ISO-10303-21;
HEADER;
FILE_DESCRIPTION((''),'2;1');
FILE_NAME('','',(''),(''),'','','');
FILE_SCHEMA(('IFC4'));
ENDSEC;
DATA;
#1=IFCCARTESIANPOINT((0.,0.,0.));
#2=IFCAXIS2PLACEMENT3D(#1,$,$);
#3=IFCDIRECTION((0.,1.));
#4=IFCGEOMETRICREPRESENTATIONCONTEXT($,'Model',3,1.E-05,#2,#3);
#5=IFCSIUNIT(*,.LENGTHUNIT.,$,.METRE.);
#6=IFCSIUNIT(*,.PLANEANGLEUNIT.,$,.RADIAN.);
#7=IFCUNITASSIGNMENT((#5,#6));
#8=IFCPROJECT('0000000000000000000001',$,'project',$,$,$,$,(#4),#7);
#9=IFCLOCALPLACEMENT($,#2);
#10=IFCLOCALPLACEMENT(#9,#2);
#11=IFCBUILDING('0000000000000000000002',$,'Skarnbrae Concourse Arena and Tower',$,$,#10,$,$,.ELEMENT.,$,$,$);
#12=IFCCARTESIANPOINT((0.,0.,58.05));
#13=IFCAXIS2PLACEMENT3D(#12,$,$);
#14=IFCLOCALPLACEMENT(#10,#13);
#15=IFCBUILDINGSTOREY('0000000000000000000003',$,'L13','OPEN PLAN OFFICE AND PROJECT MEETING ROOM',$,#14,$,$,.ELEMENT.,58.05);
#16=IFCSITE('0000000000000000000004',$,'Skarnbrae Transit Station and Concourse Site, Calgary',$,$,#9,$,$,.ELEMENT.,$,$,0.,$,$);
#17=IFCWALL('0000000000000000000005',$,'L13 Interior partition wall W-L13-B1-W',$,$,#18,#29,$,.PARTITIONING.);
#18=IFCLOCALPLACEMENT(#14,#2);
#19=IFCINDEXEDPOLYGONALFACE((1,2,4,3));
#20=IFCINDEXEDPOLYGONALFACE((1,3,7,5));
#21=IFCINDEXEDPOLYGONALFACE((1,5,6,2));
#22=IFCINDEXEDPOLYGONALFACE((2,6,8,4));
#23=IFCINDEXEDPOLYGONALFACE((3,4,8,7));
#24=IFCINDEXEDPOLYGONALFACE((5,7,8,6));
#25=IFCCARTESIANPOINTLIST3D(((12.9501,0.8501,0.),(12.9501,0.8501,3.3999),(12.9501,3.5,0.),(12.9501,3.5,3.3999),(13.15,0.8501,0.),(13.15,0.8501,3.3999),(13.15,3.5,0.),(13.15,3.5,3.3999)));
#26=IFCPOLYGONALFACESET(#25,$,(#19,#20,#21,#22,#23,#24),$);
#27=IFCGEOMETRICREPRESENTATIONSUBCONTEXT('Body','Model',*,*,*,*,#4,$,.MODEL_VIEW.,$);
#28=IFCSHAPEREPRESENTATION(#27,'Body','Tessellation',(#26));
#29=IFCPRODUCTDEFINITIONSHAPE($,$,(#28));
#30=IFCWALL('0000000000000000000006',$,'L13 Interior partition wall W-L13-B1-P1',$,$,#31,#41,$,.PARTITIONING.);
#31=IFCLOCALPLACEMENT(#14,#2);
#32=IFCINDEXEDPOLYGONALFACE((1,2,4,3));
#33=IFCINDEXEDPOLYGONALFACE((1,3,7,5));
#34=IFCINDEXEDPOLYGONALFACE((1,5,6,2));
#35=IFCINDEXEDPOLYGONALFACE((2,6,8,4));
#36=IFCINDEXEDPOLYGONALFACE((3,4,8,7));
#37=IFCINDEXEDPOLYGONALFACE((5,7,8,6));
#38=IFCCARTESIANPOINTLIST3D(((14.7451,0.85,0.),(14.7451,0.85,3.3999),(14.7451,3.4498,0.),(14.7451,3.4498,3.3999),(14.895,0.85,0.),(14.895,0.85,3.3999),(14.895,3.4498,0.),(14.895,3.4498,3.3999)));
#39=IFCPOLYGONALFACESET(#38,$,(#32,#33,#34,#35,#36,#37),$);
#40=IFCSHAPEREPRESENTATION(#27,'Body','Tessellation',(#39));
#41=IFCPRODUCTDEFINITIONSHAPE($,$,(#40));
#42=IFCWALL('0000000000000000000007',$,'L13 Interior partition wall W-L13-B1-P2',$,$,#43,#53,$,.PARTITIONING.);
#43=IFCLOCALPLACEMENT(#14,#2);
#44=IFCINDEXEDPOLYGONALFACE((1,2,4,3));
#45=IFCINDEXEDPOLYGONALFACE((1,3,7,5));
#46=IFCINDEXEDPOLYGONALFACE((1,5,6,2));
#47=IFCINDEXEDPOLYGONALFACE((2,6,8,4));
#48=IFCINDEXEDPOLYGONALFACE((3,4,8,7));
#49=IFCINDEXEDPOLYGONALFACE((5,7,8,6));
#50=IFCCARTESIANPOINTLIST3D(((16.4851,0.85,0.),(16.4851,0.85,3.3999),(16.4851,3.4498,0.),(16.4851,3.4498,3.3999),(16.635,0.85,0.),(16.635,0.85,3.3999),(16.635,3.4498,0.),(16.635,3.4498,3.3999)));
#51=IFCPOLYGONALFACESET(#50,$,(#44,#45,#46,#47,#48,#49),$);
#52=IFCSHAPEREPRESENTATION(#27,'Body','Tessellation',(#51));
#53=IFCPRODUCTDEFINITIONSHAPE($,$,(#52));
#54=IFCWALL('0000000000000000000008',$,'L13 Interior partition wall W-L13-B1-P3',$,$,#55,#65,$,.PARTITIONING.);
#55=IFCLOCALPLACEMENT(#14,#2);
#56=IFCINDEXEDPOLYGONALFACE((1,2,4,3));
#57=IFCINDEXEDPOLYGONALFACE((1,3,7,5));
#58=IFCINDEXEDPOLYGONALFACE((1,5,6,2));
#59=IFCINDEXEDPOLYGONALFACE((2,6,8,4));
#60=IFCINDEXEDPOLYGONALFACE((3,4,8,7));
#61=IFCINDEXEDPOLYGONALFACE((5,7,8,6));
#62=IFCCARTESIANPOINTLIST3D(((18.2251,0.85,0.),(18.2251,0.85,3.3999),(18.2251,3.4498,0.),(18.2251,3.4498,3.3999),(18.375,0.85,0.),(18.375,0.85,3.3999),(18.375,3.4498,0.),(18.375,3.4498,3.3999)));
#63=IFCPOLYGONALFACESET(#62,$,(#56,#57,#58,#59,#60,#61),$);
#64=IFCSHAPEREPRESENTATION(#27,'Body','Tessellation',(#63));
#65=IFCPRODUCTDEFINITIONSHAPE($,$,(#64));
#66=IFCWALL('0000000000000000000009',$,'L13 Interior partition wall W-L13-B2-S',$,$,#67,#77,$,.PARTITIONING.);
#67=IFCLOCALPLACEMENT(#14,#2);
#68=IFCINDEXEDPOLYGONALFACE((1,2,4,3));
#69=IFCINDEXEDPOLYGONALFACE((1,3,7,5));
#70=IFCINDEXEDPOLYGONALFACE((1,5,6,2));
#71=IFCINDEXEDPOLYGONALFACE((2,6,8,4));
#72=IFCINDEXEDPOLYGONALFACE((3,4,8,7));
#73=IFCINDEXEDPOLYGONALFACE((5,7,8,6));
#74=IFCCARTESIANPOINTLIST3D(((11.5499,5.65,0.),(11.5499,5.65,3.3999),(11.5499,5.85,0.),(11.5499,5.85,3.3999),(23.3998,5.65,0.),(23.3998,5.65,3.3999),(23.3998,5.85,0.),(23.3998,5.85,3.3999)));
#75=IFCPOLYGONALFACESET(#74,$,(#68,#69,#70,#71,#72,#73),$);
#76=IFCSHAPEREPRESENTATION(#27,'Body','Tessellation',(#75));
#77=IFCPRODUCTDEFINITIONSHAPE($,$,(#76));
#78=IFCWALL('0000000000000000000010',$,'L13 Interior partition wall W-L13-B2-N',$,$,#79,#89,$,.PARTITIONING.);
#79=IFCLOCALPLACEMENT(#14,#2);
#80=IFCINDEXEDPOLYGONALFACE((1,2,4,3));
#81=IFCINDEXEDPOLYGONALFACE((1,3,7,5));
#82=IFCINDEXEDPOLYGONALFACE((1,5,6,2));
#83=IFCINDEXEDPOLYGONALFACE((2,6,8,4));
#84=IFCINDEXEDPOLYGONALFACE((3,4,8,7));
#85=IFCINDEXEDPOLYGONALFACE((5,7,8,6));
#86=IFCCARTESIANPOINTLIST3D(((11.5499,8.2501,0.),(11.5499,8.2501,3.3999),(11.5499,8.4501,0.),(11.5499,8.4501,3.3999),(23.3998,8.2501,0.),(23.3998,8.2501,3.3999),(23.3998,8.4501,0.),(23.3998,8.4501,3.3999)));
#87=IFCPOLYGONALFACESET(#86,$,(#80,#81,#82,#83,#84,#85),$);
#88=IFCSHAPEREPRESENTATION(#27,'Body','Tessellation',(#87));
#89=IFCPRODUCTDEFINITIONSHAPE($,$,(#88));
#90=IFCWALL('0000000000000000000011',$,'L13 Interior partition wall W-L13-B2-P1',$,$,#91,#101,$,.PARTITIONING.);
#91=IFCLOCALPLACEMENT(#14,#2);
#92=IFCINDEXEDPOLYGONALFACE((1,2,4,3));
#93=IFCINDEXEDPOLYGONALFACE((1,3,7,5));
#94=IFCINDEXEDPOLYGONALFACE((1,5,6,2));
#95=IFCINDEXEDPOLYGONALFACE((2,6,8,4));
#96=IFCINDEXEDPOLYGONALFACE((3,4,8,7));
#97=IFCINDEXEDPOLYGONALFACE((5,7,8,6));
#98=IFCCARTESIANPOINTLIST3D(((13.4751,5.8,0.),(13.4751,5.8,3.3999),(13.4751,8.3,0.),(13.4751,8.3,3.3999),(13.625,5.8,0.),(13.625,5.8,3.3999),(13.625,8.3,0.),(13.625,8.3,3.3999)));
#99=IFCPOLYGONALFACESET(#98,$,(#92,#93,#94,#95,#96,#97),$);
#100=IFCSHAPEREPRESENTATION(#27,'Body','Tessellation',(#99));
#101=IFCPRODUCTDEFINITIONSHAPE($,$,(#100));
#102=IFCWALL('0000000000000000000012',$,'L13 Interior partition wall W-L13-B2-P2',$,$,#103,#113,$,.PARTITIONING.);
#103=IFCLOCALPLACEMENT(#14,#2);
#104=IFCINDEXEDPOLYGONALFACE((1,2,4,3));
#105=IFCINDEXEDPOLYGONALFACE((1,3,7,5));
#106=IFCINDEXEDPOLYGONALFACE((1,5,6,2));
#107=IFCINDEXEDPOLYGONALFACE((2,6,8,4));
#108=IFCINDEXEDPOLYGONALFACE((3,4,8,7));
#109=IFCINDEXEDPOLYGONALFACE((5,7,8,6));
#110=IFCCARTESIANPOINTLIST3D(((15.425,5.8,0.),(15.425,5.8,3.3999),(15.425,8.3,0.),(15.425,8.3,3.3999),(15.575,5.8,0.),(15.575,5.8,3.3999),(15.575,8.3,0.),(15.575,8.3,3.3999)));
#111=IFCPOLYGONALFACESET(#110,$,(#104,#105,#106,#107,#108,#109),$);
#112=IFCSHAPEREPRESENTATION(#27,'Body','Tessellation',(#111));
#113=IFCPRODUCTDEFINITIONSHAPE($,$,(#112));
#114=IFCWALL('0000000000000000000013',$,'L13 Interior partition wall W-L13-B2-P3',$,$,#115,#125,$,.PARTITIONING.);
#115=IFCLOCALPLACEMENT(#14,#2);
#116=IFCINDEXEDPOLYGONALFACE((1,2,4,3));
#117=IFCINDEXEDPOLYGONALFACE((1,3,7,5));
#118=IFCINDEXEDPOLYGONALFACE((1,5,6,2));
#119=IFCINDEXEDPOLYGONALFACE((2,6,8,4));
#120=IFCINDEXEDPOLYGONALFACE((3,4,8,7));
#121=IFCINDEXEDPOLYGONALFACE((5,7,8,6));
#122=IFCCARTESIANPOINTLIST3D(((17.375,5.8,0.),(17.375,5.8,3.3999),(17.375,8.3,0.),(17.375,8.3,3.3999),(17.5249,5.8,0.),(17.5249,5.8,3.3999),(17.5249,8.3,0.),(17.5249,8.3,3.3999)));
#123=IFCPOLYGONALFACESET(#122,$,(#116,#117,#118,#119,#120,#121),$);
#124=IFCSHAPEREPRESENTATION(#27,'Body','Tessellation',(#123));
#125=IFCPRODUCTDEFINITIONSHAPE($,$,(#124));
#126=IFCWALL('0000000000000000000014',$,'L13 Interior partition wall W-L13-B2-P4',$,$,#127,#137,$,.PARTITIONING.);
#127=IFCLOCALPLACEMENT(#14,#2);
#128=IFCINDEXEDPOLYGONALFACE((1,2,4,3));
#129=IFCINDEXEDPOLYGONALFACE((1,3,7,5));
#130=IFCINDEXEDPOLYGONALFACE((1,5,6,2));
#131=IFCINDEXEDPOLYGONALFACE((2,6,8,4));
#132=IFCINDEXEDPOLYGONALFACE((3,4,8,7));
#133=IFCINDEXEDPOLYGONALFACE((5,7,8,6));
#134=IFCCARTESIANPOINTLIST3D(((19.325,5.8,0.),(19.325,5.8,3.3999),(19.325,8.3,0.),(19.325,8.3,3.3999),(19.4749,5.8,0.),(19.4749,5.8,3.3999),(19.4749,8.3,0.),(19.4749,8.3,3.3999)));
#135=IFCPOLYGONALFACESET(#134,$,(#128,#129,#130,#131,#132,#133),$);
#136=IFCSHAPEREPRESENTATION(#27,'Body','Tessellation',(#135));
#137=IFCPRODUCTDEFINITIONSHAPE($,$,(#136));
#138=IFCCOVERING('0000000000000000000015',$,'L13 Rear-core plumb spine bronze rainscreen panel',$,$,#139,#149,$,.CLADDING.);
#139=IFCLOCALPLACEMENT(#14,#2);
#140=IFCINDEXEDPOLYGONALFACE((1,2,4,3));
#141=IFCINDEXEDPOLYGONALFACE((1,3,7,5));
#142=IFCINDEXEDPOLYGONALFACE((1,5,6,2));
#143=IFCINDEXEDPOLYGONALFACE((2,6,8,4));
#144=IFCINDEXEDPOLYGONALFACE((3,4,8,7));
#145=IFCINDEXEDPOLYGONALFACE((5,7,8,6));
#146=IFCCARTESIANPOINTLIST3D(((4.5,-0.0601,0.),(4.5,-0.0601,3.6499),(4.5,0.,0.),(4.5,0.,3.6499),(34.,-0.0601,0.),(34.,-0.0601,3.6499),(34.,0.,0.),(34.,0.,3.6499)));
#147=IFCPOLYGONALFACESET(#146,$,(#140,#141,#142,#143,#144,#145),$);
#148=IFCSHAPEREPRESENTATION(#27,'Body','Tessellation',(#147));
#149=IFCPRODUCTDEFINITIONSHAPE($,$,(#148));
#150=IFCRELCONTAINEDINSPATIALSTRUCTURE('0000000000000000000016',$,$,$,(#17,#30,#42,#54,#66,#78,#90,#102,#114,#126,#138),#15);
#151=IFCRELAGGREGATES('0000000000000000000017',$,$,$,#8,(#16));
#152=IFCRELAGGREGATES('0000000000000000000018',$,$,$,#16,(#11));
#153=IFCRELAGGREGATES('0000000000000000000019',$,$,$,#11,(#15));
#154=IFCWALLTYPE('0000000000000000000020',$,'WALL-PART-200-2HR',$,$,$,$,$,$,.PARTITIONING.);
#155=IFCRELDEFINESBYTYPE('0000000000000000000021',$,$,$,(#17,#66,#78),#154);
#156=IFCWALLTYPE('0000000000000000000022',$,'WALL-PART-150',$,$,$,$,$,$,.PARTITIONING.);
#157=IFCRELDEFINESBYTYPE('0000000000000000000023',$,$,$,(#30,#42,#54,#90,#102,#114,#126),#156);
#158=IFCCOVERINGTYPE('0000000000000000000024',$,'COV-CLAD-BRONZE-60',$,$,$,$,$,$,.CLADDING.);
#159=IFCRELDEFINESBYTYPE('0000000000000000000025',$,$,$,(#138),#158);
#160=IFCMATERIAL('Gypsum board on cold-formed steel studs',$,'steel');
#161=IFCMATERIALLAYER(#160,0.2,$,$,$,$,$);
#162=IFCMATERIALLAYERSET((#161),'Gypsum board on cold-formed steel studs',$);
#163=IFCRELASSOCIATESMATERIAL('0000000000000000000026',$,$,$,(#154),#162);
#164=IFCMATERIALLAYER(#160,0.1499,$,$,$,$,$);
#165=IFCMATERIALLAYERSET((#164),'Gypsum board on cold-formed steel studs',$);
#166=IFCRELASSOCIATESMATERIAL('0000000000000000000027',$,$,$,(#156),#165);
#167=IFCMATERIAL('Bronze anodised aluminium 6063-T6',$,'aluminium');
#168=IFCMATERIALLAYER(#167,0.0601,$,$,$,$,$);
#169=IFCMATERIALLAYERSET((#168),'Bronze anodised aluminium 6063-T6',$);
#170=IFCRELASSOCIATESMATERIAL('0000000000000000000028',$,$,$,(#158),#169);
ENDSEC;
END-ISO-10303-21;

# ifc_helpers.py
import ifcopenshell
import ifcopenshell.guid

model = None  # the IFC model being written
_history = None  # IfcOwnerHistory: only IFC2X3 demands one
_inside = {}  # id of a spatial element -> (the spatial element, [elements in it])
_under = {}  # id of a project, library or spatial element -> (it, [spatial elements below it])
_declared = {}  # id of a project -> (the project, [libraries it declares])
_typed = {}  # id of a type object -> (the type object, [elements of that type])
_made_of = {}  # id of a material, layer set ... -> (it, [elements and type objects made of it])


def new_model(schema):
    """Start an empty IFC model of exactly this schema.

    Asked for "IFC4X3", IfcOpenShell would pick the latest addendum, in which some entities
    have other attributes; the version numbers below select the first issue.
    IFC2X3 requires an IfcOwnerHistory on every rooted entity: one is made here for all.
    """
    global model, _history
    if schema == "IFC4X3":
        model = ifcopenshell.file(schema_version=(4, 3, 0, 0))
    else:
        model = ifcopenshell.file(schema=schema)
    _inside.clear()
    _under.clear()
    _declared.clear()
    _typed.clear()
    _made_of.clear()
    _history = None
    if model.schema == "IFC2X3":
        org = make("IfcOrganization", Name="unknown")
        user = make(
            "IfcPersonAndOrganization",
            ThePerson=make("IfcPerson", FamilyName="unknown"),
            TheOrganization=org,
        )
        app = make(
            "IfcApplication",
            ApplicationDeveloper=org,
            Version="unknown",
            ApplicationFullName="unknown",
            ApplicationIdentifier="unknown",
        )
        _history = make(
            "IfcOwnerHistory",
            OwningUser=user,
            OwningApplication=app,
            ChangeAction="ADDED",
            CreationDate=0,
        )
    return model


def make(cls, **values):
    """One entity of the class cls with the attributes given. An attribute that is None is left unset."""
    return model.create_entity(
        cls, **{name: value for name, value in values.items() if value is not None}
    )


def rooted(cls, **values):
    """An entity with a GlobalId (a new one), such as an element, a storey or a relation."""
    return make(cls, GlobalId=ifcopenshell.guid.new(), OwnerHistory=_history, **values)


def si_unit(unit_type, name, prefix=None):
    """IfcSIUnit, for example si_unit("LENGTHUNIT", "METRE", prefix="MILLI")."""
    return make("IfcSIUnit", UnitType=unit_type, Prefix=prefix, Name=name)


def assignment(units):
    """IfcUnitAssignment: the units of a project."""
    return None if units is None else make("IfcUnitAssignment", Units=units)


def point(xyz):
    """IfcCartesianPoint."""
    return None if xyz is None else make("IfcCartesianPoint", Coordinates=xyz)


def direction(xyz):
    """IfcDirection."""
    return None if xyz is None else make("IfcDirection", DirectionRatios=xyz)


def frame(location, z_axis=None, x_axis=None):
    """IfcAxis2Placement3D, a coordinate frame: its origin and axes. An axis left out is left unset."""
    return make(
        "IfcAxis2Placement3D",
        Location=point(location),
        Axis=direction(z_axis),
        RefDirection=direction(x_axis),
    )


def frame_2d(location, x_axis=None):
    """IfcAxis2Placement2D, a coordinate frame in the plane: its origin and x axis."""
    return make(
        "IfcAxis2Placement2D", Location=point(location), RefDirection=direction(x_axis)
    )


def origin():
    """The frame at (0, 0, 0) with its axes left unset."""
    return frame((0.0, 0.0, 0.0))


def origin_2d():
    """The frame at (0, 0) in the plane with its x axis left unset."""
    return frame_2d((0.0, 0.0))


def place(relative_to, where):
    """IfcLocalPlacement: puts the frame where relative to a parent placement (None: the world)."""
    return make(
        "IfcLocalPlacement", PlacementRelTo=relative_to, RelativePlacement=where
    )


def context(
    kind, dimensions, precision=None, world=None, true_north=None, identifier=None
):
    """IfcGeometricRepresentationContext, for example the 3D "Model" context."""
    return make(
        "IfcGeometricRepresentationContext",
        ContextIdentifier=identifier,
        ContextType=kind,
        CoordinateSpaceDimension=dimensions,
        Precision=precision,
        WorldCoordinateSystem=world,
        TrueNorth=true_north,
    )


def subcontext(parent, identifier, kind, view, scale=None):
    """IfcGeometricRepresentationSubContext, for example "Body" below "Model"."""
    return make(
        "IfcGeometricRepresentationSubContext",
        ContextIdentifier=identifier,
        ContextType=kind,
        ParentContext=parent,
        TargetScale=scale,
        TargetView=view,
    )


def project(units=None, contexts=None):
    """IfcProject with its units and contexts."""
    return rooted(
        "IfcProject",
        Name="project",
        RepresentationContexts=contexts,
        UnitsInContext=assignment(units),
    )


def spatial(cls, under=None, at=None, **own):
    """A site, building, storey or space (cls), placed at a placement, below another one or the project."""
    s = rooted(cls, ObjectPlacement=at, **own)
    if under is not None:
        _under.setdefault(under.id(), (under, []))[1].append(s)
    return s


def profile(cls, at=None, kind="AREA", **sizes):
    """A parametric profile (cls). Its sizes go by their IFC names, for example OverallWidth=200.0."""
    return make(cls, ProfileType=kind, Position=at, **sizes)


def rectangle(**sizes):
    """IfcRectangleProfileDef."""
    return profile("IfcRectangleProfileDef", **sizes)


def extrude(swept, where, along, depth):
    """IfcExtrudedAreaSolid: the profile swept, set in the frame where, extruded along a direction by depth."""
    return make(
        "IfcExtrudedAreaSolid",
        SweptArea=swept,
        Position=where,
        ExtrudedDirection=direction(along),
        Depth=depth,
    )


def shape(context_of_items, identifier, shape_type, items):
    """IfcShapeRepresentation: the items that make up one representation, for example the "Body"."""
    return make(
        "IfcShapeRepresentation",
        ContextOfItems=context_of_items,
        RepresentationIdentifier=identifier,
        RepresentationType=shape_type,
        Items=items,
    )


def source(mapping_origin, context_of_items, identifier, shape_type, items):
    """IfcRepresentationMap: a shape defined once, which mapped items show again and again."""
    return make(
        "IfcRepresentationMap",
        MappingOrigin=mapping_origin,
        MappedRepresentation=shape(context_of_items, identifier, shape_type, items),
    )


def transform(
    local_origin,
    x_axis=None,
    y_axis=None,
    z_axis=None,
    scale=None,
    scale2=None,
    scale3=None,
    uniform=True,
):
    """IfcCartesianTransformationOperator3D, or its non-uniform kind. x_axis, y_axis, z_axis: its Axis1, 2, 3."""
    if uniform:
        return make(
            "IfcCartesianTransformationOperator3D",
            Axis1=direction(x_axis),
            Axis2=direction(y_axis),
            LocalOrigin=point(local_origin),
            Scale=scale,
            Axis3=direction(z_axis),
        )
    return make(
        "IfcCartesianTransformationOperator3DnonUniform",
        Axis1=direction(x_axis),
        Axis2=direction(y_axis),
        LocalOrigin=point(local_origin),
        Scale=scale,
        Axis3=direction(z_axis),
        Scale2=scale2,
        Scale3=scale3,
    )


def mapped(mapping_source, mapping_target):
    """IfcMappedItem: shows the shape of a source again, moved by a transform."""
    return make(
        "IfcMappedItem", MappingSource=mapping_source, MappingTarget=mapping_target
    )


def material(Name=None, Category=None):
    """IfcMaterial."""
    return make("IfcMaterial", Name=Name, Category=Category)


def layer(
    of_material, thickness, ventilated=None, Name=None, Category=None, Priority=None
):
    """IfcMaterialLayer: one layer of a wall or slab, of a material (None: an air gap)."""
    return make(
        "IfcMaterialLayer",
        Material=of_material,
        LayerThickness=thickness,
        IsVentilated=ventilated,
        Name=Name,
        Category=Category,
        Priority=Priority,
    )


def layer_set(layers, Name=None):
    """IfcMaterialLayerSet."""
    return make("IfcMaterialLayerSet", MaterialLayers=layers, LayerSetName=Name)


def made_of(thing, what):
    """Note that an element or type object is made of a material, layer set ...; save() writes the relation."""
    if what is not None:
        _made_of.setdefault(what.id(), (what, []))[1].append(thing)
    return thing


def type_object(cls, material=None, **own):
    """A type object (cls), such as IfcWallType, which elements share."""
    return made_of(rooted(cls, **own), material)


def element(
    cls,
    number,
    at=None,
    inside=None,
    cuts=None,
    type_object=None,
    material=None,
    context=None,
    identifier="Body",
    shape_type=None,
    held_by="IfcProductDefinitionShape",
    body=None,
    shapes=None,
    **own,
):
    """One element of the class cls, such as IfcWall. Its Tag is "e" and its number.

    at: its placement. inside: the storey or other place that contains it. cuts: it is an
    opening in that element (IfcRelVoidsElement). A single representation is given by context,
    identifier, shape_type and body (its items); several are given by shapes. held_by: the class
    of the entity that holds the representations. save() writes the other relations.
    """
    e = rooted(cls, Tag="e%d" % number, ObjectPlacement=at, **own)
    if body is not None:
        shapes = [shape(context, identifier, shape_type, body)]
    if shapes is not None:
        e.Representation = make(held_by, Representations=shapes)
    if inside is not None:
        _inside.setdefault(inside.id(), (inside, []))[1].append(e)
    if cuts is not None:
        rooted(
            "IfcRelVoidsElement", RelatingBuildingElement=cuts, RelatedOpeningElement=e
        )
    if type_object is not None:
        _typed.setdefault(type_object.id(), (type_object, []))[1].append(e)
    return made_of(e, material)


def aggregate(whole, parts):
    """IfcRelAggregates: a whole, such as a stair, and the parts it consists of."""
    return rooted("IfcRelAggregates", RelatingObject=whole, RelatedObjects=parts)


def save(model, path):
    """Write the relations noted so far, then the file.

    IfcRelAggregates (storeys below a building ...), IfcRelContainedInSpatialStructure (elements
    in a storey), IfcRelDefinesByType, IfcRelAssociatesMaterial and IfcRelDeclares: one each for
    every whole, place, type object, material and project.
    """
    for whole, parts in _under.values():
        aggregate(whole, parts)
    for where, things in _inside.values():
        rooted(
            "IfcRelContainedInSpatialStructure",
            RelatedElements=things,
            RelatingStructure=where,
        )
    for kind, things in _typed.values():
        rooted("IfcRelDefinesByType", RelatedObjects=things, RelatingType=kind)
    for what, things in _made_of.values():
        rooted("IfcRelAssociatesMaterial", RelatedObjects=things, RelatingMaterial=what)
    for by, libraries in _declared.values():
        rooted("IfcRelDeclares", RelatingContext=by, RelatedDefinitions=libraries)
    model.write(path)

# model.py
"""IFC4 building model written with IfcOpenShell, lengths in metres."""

from ifc_helpers import new_model, si_unit, direction, frame, frame_2d, origin, origin_2d, place, context, subcontext, project, spatial, rectangle, extrude, source, transform, mapped, material, layer, layer_set, type_object, element, save


model = new_model("IFC4")

# Units and contexts
model_context = context("Model", 3, precision=1e-05, world=origin(), true_north=direction((0.0, 1.0)))
body_context = subcontext(model_context, "Body", "Model", "MODEL_VIEW")
ifc_project = project(units=[si_unit("LENGTHUNIT", "METRE"), si_unit("PLANEANGLEUNIT", "RADIAN")], contexts=[model_context])

# Site, building, storey
site_placement = place(None, origin())
site = spatial("IfcSite", under=ifc_project, at=site_placement, Name="Skarnbrae Transit Station and Concourse Site, Calgary", CompositionType="ELEMENT", RefElevation=0.0)
building_placement = place(site_placement, origin())
building = spatial("IfcBuilding", under=site, at=building_placement, Name="Skarnbrae Concourse Arena and Tower", CompositionType="ELEMENT")
storey_placement = place(building_placement, frame((0.0, 0.0, 58.05)))
storey = spatial("IfcBuildingStorey", under=building, at=storey_placement, Name="L13", Description="OPEN PLAN OFFICE AND PROJECT MEETING ROOM", CompositionType="ELEMENT", Elevation=58.05)

# Shared definitions
ifc_material_1 = material(Name="Gypsum board on cold-formed steel studs", Category="steel")
ifc_layer_1 = layer(ifc_material_1, 0.2)
ifc_layer_set_1 = layer_set([ifc_layer_1], Name="Gypsum board on cold-formed steel studs")
wall_type_1 = type_object("IfcWallType", Name="WALL-PART-200-2HR", PredefinedType="PARTITIONING", material=ifc_layer_set_1)

# Wall
shared_shape_1 = source(origin(), body_context, "Body", "SweptSolid", [
    extrude(rectangle(XDim=2.6499, YDim=0.2, at=frame_2d((1.325, 0.0))), origin(), (0.0, 0.0, 1.0), 3.3999),
])
wall_1_placement = place(storey_placement, frame((13.05, 0.8501, 0.0), z_axis=(0.0, 0.0, 1.0), x_axis=(0.0, 1.0, 0.0)))
element("IfcWall", 1, at=wall_1_placement, inside=storey, type_object=wall_type_1, Name="L13 Interior partition wall W-L13-B1-W", PredefinedType="PARTITIONING", context=body_context, shape_type="MappedRepresentation", body=[
    mapped(shared_shape_1, transform((0.0, 0.0, 0.0))),
])

# Shared definitions
ifc_material_2 = material(Name="Bronze anodised aluminium 6063-T6", Category="aluminium")

# Walls
ifc_layer_2 = layer(ifc_material_1, 0.1499)
ifc_layer_set_2 = layer_set([ifc_layer_2], Name="Gypsum board on cold-formed steel studs")
wall_type_2 = type_object("IfcWallType", Name="WALL-PART-150", PredefinedType="PARTITIONING", material=ifc_layer_set_2)
shared_shape_2 = source(origin(), body_context, "Body", "SweptSolid", [
    extrude(rectangle(XDim=2.5999, YDim=0.1499, at=frame_2d((1.2998, 0.0))), origin(), (0.0, 0.0, 1.0), 3.3999),
])
for number, where, z_axis, x_axis, name in (
    (2, (14.8201, 0.8501, 0.0), (0.0, 0.0, 1.0), (0.0, 1.0, 0.0), "L13 Interior partition wall W-L13-B1-P1"),
    (3, (16.5601, 0.8501, 0.0), (0.0, 0.0, 1.0), (0.0, 1.0, 0.0), "L13 Interior partition wall W-L13-B1-P2"),
    (4, (18.3, 0.8501, 0.0), (0.0, 0.0, 1.0), (0.0, 1.0, 0.0), "L13 Interior partition wall W-L13-B1-P3"),
):
    element("IfcWall", number, at=place(storey_placement, frame(where, z_axis=z_axis, x_axis=x_axis)), inside=storey, type_object=wall_type_2, Name=name, PredefinedType="PARTITIONING", context=body_context, shape_type="MappedRepresentation", body=[
        mapped(shared_shape_2, transform((0.0, 0.0, 0.0))),
    ])
shared_shape_3 = source(origin(), body_context, "Body", "SweptSolid", [
    extrude(rectangle(XDim=11.8499, YDim=0.2, at=frame_2d((5.9248, 0.0))), origin(), (0.0, 0.0, 1.0), 3.3999),
])
for number, where, z_axis, x_axis, name in (
    (5, (11.55, 5.75, 0.0), (0.0, 0.0, 1.0), (1.0, 0.0, 0.0), "L13 Interior partition wall W-L13-B2-S"),
    (6, (11.55, 8.3501, 0.0), (0.0, 0.0, 1.0), (1.0, 0.0, 0.0), "L13 Interior partition wall W-L13-B2-N"),
):
    element("IfcWall", number, at=place(storey_placement, frame(where, z_axis=z_axis, x_axis=x_axis)), inside=storey, type_object=wall_type_1, Name=name, PredefinedType="PARTITIONING", context=body_context, shape_type="MappedRepresentation", body=[
        mapped(shared_shape_3, transform((0.0, 0.0, 0.0))),
    ])
shared_shape_4 = source(origin(), body_context, "Body", "SweptSolid", [
    extrude(rectangle(XDim=2.5, YDim=0.1499, at=frame_2d((1.25, 0.0))), origin(), (0.0, 0.0, 1.0), 3.3999),
])
for number, where, z_axis, x_axis, name in (
    (7, (13.55, 5.8, 0.0), (0.0, 0.0, 1.0), (0.0, 1.0, 0.0), "L13 Interior partition wall W-L13-B2-P1"),
    (8, (15.5, 5.8, 0.0), (0.0, 0.0, 1.0), (0.0, 1.0, 0.0), "L13 Interior partition wall W-L13-B2-P2"),
    (9, (17.45, 5.8, 0.0), (0.0, 0.0, 1.0), (0.0, 1.0, 0.0), "L13 Interior partition wall W-L13-B2-P3"),
    (10, (19.3999, 5.8, 0.0), (0.0, 0.0, 1.0), (0.0, 1.0, 0.0), "L13 Interior partition wall W-L13-B2-P4"),
):
    element("IfcWall", number, at=place(storey_placement, frame(where, z_axis=z_axis, x_axis=x_axis)), inside=storey, type_object=wall_type_2, Name=name, PredefinedType="PARTITIONING", context=body_context, shape_type="MappedRepresentation", body=[
        mapped(shared_shape_4, transform((0.0, 0.0, 0.0))),
    ])

# Covering
ifc_layer_3 = layer(ifc_material_2, 0.0601)
ifc_layer_set_3 = layer_set([ifc_layer_3], Name="Bronze anodised aluminium 6063-T6")
covering_type = type_object("IfcCoveringType", Name="COV-CLAD-BRONZE-60", PredefinedType="CLADDING", material=ifc_layer_set_3)
shared_shape_5 = source(origin(), body_context, "Body", "SweptSolid", [
    extrude(rectangle(XDim=29.5, YDim=0.0601, at=origin_2d()), origin(), (0.0, 0.0, 1.0), 3.6499),
])
covering_placement = place(storey_placement, frame((19.25, -0.03, 0.0), z_axis=(0.0, 0.0, 1.0), x_axis=(1.0, 0.0, 0.0)))
element("IfcCovering", 11, at=covering_placement, inside=storey, type_object=covering_type, Name="L13 Rear-core plumb spine bronze rainscreen panel", PredefinedType="CLADDING", context=body_context, shape_type="MappedRepresentation", body=[
    mapped(shared_shape_5, transform((0.0, 0.0, 0.0))),
])

save(model, "model.ifc")
